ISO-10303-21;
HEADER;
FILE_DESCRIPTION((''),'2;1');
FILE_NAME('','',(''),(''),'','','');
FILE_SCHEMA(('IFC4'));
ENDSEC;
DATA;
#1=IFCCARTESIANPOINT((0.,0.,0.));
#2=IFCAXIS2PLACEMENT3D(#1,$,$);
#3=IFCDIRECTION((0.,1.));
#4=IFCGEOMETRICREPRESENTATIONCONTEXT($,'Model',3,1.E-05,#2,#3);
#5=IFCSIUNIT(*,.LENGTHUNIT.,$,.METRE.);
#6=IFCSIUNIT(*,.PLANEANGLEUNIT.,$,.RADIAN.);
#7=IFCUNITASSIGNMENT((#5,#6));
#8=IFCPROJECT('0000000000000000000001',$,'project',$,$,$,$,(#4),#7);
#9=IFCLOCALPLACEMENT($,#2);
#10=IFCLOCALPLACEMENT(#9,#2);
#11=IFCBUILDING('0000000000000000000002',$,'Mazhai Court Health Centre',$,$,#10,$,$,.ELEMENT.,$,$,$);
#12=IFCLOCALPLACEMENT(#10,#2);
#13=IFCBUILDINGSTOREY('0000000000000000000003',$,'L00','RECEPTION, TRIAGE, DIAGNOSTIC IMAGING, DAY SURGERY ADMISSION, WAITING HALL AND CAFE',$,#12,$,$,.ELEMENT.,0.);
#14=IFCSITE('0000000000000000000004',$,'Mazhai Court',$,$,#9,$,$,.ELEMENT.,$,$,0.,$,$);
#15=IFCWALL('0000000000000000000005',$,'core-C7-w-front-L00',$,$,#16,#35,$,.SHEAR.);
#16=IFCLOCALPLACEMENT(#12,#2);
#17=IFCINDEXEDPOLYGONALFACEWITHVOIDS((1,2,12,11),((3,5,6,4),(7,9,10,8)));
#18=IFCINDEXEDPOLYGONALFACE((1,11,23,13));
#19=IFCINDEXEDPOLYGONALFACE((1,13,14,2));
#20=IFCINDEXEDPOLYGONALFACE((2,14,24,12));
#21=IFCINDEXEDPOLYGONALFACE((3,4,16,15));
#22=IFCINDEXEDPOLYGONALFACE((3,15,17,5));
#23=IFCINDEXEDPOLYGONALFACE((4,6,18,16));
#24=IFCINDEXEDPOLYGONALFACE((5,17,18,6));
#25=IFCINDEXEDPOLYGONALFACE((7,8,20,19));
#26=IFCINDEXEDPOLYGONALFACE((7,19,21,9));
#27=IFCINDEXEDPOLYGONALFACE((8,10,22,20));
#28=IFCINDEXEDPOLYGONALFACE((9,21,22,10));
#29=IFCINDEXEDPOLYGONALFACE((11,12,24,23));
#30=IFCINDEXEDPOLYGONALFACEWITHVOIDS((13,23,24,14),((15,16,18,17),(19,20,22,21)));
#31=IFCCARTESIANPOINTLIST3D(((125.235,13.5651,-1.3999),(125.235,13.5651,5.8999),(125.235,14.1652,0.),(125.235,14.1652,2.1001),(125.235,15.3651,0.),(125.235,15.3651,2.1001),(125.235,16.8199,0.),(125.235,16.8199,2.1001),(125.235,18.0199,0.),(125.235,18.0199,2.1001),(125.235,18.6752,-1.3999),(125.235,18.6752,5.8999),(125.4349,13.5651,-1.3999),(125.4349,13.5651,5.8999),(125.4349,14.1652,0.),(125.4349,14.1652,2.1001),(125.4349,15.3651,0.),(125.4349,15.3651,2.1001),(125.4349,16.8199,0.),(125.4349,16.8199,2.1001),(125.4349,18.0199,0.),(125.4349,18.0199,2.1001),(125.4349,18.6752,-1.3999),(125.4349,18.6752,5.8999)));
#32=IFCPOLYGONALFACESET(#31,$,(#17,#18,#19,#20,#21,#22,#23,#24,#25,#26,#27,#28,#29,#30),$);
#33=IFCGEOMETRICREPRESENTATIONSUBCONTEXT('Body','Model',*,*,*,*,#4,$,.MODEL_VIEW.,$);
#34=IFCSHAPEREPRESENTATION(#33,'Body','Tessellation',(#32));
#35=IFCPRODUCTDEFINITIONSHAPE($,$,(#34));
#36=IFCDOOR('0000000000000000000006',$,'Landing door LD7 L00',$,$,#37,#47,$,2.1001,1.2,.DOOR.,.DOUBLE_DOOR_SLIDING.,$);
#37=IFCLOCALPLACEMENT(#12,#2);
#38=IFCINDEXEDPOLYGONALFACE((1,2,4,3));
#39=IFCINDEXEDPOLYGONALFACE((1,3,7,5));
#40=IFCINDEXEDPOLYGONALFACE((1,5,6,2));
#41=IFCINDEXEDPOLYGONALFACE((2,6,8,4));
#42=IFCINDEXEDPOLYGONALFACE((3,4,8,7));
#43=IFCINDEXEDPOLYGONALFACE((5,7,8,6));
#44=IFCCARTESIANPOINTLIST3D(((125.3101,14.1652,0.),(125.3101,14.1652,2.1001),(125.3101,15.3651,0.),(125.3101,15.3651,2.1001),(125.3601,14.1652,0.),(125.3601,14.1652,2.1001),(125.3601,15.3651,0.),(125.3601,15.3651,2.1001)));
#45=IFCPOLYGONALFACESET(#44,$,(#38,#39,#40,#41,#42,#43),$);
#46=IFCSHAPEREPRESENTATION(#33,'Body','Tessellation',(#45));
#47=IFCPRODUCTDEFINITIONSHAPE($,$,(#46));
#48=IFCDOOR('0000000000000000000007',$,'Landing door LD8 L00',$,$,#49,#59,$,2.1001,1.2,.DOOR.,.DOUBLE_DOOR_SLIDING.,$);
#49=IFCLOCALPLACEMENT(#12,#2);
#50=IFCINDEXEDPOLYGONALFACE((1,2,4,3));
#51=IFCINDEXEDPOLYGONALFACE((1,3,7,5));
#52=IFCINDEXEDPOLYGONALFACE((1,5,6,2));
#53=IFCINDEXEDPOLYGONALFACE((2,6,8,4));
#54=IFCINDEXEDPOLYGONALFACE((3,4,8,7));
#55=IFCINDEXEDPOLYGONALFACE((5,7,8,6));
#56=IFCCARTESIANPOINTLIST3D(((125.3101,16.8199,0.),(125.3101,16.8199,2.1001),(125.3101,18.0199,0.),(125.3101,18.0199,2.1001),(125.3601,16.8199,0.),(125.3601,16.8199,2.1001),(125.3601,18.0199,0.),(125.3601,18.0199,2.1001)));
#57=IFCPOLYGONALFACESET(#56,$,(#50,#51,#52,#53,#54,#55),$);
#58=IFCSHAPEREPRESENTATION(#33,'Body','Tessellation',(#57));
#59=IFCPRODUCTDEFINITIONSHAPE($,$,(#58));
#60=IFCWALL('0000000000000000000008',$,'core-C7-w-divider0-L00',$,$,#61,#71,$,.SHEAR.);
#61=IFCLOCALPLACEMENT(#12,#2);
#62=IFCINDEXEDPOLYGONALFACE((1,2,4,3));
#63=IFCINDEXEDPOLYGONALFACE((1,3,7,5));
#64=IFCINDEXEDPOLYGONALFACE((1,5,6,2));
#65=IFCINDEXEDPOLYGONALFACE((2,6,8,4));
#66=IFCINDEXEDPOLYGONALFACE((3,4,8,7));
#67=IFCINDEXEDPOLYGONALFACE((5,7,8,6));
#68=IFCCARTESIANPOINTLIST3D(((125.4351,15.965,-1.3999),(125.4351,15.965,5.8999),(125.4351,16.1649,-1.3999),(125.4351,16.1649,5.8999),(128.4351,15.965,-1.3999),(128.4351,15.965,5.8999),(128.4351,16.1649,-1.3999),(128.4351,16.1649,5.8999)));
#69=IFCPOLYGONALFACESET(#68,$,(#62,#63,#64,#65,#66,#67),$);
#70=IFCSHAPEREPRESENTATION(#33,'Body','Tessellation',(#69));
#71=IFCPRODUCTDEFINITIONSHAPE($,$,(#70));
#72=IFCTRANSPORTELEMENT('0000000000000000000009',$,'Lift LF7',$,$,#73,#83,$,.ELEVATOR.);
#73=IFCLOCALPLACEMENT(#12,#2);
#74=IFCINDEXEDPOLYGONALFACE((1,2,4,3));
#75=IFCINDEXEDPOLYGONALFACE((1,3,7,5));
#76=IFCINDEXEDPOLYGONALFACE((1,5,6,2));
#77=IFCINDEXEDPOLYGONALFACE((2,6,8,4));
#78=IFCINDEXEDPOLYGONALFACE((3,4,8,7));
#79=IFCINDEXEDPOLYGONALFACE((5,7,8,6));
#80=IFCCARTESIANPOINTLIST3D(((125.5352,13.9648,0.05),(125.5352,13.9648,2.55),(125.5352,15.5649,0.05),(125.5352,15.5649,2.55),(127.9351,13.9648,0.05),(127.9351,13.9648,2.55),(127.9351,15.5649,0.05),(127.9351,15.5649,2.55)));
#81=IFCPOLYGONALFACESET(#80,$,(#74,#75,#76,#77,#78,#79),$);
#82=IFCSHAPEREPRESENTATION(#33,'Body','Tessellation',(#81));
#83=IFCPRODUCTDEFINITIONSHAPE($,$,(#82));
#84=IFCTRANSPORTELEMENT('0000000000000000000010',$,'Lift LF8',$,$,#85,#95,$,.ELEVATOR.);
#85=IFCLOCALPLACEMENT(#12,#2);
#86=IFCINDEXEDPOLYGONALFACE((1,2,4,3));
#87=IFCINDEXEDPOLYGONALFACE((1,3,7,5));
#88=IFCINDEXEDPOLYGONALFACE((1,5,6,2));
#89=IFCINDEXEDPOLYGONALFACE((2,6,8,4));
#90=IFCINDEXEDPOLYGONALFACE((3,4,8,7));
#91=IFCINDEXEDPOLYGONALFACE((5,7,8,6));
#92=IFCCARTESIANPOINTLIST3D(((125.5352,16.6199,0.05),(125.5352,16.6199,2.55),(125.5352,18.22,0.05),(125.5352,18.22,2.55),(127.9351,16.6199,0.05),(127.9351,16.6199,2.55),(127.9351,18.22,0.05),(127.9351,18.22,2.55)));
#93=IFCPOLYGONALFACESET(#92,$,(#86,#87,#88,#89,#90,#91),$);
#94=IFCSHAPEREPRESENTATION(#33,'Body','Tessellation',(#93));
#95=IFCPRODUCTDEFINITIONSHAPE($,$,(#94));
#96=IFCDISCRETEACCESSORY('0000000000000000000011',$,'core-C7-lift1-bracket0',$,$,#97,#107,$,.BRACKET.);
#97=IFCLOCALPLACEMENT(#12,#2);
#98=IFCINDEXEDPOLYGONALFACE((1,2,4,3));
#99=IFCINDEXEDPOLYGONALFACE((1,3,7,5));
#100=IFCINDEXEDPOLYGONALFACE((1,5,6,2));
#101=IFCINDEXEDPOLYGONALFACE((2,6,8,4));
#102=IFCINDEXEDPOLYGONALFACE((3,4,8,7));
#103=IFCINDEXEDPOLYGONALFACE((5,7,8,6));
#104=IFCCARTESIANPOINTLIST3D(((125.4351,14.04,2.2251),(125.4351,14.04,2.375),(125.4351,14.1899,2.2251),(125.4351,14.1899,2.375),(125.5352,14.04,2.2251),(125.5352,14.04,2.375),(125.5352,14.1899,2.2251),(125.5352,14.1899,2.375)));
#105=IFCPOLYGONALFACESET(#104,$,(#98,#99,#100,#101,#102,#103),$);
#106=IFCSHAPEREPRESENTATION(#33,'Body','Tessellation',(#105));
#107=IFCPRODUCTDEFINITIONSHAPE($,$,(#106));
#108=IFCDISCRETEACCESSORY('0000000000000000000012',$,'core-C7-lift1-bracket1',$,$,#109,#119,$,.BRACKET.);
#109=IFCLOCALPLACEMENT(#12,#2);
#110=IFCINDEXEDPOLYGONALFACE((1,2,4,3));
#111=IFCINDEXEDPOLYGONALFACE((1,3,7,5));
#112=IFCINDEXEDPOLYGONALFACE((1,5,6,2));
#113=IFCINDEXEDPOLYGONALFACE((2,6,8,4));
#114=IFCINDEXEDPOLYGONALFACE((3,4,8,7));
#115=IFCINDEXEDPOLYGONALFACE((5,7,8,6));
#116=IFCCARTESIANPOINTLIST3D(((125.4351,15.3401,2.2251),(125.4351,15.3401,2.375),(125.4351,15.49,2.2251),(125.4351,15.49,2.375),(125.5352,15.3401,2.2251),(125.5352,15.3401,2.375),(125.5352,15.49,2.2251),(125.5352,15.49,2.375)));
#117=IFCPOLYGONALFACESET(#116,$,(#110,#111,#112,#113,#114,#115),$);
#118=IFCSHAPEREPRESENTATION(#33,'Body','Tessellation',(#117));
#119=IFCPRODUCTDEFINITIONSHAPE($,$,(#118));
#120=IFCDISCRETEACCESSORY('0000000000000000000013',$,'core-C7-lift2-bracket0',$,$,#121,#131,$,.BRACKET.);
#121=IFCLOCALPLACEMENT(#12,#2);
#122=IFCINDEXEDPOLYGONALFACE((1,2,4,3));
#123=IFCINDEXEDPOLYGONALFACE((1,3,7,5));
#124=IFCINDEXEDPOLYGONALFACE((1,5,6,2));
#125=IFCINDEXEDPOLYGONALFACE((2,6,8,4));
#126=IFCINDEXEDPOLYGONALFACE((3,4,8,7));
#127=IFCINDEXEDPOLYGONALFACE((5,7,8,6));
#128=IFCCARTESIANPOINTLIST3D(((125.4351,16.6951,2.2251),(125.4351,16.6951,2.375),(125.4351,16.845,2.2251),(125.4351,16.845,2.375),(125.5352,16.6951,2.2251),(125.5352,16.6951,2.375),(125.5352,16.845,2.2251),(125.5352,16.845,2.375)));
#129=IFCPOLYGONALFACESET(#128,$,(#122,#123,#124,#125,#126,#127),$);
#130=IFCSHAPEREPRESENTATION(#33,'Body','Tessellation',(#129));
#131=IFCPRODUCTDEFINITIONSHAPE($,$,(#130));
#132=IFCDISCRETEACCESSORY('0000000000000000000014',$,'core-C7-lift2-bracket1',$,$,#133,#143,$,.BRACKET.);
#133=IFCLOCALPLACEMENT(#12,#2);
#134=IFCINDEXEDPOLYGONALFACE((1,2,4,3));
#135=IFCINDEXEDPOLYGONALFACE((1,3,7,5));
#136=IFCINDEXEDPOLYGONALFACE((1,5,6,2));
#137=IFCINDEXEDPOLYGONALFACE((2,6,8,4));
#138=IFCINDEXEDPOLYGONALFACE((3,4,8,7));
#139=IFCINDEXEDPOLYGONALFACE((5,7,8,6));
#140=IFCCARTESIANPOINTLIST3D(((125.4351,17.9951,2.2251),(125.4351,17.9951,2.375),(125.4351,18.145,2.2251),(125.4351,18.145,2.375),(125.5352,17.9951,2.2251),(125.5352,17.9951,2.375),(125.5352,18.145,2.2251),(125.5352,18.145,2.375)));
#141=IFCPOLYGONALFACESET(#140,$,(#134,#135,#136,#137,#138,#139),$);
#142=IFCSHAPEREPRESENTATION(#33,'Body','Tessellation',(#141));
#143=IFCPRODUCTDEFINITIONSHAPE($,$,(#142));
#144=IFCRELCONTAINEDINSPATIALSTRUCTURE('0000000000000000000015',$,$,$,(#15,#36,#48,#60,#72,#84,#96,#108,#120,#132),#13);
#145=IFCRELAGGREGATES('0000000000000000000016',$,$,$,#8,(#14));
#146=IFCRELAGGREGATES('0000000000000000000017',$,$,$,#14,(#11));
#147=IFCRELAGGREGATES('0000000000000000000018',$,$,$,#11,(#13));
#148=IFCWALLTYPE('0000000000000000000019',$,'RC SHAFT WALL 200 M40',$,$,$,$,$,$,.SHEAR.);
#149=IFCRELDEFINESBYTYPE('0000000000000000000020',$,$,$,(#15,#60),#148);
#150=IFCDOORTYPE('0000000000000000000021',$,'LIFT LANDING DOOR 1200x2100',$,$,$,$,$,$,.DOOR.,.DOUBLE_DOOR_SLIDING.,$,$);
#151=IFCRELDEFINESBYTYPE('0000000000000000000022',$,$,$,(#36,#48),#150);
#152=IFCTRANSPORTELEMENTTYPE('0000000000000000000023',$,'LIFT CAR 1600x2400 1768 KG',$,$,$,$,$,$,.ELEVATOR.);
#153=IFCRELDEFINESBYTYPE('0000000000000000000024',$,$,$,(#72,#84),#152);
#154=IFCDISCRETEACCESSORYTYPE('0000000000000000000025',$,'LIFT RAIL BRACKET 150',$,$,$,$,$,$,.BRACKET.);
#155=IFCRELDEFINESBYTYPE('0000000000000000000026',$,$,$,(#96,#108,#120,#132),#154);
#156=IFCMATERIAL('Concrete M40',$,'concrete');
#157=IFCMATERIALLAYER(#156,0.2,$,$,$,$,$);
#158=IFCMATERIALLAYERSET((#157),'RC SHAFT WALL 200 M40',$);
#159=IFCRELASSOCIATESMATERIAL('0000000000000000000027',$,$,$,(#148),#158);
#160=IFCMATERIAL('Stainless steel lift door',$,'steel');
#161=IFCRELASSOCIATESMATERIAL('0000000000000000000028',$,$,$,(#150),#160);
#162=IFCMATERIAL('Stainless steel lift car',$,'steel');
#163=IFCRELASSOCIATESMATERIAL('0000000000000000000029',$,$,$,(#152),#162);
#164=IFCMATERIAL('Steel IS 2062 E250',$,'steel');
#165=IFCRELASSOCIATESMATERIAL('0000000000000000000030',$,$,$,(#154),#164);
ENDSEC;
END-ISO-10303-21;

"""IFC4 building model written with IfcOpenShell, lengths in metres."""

from ifc_helpers import new_model, si_unit, direction, frame, frame_2d, origin, origin_2d, place, context, subcontext, project, spatial, rectangle, extrude, material, layer, layer_set, type_object, element, fill, save


model = new_model("IFC4")

# Units and contexts
model_context = context("Model", 3, precision=1e-05, world=origin(), true_north=direction((0.0, 1.0)))
body_context = subcontext(model_context, "Body", "Model", "MODEL_VIEW")
ifc_project = project(units=[si_unit("LENGTHUNIT", "METRE"), si_unit("PLANEANGLEUNIT", "RADIAN")], contexts=[model_context])

# Site, building, storey
site_placement = place(None, origin())
site = spatial("IfcSite", under=ifc_project, at=site_placement, Name="Mazhai Court", CompositionType="ELEMENT", RefElevation=0.0)
building_placement = place(site_placement, origin())
building = spatial("IfcBuilding", under=site, at=building_placement, Name="Mazhai Court Health Centre", CompositionType="ELEMENT")
storey_placement = place(building_placement, origin())
storey = spatial("IfcBuildingStorey", under=building, at=storey_placement, Name="L00", Description="RECEPTION, TRIAGE, DIAGNOSTIC IMAGING, DAY SURGERY ADMISSION, WAITING HALL AND CAFE", CompositionType="ELEMENT", Elevation=0.0)

# Wall, openings, doors
ifc_material_1 = material(Name="Concrete M40", Category="concrete")
ifc_layer_1 = layer(ifc_material_1, 0.2)
ifc_layer_set_1 = layer_set([ifc_layer_1], Name="RC SHAFT WALL 200 M40")
wall_type_1 = type_object("IfcWallType", Name="RC SHAFT WALL 200 M40", PredefinedType="SHEAR", material=ifc_layer_set_1)
wall_1_placement = place(storey_placement, frame((125.335, 13.5649, -1.3999), z_axis=(0.0, 0.0, 1.0), x_axis=(0.0, 1.0, 0.0)))
wall_1 = element("IfcWall", 1, at=wall_1_placement, inside=storey, type_object=wall_type_1, Name="core-C7-w-front-L00", PredefinedType="SHEAR", context=body_context, shape_type="SweptSolid", body=[
    extrude(rectangle(XDim=5.1101, YDim=0.2, at=frame_2d((2.5552, 0.0))), origin(), (0.0, 0.0, 1.0), 7.2998),
])
opening_1_placement = place(wall_1_placement, frame((0.6001, 0.0, 1.3999)))
opening_1 = element("IfcOpeningElement", 2, at=opening_1_placement, cuts=wall_1, PredefinedType="OPENING", context=body_context, shape_type="SweptSolid", body=[
    extrude(rectangle(XDim=1.2, YDim=2.1001, at=frame_2d((0.6001, 1.05))), frame((0.0, 0.1099, 0.0), z_axis=(0.0, -1.0, 0.0), x_axis=(1.0, 0.0, 0.0)), (0.0, 0.0, 1.0), 0.22),
])
opening_2_placement = place(wall_1_placement, frame((3.2549, 0.0, 1.3999)))
opening_2 = element("IfcOpeningElement", 3, at=opening_2_placement, cuts=wall_1, PredefinedType="OPENING", context=body_context, shape_type="SweptSolid", body=[
    extrude(rectangle(XDim=1.2, YDim=2.1001, at=frame_2d((0.6001, 1.05))), frame((0.0, 0.1099, 0.0), z_axis=(0.0, -1.0, 0.0), x_axis=(1.0, 0.0, 0.0)), (0.0, 0.0, 1.0), 0.22),
])
ifc_material_2 = material(Name="Stainless steel lift door", Category="steel")
door_type = type_object("IfcDoorType", Name="LIFT LANDING DOOR 1200x2100", OperationType="DOUBLE_DOOR_SLIDING", PredefinedType="DOOR", material=ifc_material_2)
door_1_placement = place(opening_1_placement, origin())
door_1 = element("IfcDoor", 4, at=door_1_placement, inside=storey, type_object=door_type, Name="Landing door LD7 L00", OperationType="DOUBLE_DOOR_SLIDING", OverallHeight=2.1001, OverallWidth=1.2, PredefinedType="DOOR", context=body_context, shape_type="SweptSolid", body=[
    extrude(rectangle(XDim=1.2, YDim=2.1001, at=frame_2d((0.6001, 1.05))), frame((0.0, 0.0249, 0.0), z_axis=(0.0, -1.0, 0.0), x_axis=(1.0, 0.0, 0.0)), (0.0, 0.0, 1.0), 0.05),
])
fill(opening_1, door_1)
door_2_placement = place(opening_2_placement, origin())
door_2 = element("IfcDoor", 5, at=door_2_placement, inside=storey, type_object=door_type, Name="Landing door LD8 L00", OperationType="DOUBLE_DOOR_SLIDING", OverallHeight=2.1001, OverallWidth=1.2, PredefinedType="DOOR", context=body_context, shape_type="SweptSolid", body=[
    extrude(rectangle(XDim=1.2, YDim=2.1001, at=frame_2d((0.6001, 1.05))), frame((0.0, 0.0249, 0.0), z_axis=(0.0, -1.0, 0.0), x_axis=(1.0, 0.0, 0.0)), (0.0, 0.0, 1.0), 0.05),
])
fill(opening_2, door_2)

# Wall
wall_2_placement = place(storey_placement, frame((128.4351, 16.0649, -1.3999), z_axis=(0.0, 0.0, 1.0), x_axis=(-1.0, 0.0, 0.0)))
element("IfcWall", 6, at=wall_2_placement, inside=storey, type_object=wall_type_1, Name="core-C7-w-divider0-L00", PredefinedType="SHEAR", context=body_context, shape_type="SweptSolid", body=[
    extrude(rectangle(XDim=3.0, YDim=0.2, at=frame_2d((1.5, 0.0))), origin(), (0.0, 0.0, 1.0), 7.2998),
])

# Transport elements
ifc_material_3 = material(Name="Stainless steel lift car", Category="steel")
transport_element_type = type_object("IfcTransportElementType", Name="LIFT CAR 1600x2400 1768 KG", PredefinedType="ELEVATOR", material=ifc_material_3)
for number, where, z_axis, x_axis, name in (
    (7, (126.7351, 14.7649, 0.05), (0.0, 0.0, 1.0), (1.0, 0.0, 0.0), "Lift LF7"),
    (8, (126.7351, 17.4199, 0.05), (0.0, 0.0, 1.0), (1.0, 0.0, 0.0), "Lift LF8"),
):
    element("IfcTransportElement", number, at=place(storey_placement, frame(where, z_axis=z_axis, x_axis=x_axis)), inside=storey, type_object=transport_element_type, Name=name, PredefinedType="ELEVATOR", context=body_context, shape_type="SweptSolid", body=[
        extrude(rectangle(XDim=2.3999, YDim=1.6001, at=origin_2d()), origin(), (0.0, 0.0, 1.0), 2.5),
    ])

# Discrete accessories
ifc_material_4 = material(Name="Steel IS 2062 E250", Category="steel")
discrete_accessory_type = type_object("IfcDiscreteAccessoryType", Name="LIFT RAIL BRACKET 150", PredefinedType="BRACKET", material=ifc_material_4)
for number, where, z_axis, x_axis, name in (
    (9, (125.4851, 14.115, 2.2251), (0.0, 0.0, 1.0), (1.0, 0.0, 0.0), "core-C7-lift1-bracket0"),
    (10, (125.4851, 15.415, 2.2251), (0.0, 0.0, 1.0), (1.0, 0.0, 0.0), "core-C7-lift1-bracket1"),
    (11, (125.4851, 16.77, 2.2251), (0.0, 0.0, 1.0), (1.0, 0.0, 0.0), "core-C7-lift2-bracket0"),
    (12, (125.4851, 18.0701, 2.2251), (0.0, 0.0, 1.0), (1.0, 0.0, 0.0), "core-C7-lift2-bracket1"),
):
    element("IfcDiscreteAccessory", number, at=place(storey_placement, frame(where, z_axis=z_axis, x_axis=x_axis)), inside=storey, type_object=discrete_accessory_type, Name=name, PredefinedType="BRACKET", context=body_context, shape_type="SweptSolid", body=[
        extrude(rectangle(XDim=0.1001, YDim=0.1499, at=origin_2d()), origin(), (0.0, 0.0, 1.0), 0.1499),
    ])

save(model, "model.ifc")
